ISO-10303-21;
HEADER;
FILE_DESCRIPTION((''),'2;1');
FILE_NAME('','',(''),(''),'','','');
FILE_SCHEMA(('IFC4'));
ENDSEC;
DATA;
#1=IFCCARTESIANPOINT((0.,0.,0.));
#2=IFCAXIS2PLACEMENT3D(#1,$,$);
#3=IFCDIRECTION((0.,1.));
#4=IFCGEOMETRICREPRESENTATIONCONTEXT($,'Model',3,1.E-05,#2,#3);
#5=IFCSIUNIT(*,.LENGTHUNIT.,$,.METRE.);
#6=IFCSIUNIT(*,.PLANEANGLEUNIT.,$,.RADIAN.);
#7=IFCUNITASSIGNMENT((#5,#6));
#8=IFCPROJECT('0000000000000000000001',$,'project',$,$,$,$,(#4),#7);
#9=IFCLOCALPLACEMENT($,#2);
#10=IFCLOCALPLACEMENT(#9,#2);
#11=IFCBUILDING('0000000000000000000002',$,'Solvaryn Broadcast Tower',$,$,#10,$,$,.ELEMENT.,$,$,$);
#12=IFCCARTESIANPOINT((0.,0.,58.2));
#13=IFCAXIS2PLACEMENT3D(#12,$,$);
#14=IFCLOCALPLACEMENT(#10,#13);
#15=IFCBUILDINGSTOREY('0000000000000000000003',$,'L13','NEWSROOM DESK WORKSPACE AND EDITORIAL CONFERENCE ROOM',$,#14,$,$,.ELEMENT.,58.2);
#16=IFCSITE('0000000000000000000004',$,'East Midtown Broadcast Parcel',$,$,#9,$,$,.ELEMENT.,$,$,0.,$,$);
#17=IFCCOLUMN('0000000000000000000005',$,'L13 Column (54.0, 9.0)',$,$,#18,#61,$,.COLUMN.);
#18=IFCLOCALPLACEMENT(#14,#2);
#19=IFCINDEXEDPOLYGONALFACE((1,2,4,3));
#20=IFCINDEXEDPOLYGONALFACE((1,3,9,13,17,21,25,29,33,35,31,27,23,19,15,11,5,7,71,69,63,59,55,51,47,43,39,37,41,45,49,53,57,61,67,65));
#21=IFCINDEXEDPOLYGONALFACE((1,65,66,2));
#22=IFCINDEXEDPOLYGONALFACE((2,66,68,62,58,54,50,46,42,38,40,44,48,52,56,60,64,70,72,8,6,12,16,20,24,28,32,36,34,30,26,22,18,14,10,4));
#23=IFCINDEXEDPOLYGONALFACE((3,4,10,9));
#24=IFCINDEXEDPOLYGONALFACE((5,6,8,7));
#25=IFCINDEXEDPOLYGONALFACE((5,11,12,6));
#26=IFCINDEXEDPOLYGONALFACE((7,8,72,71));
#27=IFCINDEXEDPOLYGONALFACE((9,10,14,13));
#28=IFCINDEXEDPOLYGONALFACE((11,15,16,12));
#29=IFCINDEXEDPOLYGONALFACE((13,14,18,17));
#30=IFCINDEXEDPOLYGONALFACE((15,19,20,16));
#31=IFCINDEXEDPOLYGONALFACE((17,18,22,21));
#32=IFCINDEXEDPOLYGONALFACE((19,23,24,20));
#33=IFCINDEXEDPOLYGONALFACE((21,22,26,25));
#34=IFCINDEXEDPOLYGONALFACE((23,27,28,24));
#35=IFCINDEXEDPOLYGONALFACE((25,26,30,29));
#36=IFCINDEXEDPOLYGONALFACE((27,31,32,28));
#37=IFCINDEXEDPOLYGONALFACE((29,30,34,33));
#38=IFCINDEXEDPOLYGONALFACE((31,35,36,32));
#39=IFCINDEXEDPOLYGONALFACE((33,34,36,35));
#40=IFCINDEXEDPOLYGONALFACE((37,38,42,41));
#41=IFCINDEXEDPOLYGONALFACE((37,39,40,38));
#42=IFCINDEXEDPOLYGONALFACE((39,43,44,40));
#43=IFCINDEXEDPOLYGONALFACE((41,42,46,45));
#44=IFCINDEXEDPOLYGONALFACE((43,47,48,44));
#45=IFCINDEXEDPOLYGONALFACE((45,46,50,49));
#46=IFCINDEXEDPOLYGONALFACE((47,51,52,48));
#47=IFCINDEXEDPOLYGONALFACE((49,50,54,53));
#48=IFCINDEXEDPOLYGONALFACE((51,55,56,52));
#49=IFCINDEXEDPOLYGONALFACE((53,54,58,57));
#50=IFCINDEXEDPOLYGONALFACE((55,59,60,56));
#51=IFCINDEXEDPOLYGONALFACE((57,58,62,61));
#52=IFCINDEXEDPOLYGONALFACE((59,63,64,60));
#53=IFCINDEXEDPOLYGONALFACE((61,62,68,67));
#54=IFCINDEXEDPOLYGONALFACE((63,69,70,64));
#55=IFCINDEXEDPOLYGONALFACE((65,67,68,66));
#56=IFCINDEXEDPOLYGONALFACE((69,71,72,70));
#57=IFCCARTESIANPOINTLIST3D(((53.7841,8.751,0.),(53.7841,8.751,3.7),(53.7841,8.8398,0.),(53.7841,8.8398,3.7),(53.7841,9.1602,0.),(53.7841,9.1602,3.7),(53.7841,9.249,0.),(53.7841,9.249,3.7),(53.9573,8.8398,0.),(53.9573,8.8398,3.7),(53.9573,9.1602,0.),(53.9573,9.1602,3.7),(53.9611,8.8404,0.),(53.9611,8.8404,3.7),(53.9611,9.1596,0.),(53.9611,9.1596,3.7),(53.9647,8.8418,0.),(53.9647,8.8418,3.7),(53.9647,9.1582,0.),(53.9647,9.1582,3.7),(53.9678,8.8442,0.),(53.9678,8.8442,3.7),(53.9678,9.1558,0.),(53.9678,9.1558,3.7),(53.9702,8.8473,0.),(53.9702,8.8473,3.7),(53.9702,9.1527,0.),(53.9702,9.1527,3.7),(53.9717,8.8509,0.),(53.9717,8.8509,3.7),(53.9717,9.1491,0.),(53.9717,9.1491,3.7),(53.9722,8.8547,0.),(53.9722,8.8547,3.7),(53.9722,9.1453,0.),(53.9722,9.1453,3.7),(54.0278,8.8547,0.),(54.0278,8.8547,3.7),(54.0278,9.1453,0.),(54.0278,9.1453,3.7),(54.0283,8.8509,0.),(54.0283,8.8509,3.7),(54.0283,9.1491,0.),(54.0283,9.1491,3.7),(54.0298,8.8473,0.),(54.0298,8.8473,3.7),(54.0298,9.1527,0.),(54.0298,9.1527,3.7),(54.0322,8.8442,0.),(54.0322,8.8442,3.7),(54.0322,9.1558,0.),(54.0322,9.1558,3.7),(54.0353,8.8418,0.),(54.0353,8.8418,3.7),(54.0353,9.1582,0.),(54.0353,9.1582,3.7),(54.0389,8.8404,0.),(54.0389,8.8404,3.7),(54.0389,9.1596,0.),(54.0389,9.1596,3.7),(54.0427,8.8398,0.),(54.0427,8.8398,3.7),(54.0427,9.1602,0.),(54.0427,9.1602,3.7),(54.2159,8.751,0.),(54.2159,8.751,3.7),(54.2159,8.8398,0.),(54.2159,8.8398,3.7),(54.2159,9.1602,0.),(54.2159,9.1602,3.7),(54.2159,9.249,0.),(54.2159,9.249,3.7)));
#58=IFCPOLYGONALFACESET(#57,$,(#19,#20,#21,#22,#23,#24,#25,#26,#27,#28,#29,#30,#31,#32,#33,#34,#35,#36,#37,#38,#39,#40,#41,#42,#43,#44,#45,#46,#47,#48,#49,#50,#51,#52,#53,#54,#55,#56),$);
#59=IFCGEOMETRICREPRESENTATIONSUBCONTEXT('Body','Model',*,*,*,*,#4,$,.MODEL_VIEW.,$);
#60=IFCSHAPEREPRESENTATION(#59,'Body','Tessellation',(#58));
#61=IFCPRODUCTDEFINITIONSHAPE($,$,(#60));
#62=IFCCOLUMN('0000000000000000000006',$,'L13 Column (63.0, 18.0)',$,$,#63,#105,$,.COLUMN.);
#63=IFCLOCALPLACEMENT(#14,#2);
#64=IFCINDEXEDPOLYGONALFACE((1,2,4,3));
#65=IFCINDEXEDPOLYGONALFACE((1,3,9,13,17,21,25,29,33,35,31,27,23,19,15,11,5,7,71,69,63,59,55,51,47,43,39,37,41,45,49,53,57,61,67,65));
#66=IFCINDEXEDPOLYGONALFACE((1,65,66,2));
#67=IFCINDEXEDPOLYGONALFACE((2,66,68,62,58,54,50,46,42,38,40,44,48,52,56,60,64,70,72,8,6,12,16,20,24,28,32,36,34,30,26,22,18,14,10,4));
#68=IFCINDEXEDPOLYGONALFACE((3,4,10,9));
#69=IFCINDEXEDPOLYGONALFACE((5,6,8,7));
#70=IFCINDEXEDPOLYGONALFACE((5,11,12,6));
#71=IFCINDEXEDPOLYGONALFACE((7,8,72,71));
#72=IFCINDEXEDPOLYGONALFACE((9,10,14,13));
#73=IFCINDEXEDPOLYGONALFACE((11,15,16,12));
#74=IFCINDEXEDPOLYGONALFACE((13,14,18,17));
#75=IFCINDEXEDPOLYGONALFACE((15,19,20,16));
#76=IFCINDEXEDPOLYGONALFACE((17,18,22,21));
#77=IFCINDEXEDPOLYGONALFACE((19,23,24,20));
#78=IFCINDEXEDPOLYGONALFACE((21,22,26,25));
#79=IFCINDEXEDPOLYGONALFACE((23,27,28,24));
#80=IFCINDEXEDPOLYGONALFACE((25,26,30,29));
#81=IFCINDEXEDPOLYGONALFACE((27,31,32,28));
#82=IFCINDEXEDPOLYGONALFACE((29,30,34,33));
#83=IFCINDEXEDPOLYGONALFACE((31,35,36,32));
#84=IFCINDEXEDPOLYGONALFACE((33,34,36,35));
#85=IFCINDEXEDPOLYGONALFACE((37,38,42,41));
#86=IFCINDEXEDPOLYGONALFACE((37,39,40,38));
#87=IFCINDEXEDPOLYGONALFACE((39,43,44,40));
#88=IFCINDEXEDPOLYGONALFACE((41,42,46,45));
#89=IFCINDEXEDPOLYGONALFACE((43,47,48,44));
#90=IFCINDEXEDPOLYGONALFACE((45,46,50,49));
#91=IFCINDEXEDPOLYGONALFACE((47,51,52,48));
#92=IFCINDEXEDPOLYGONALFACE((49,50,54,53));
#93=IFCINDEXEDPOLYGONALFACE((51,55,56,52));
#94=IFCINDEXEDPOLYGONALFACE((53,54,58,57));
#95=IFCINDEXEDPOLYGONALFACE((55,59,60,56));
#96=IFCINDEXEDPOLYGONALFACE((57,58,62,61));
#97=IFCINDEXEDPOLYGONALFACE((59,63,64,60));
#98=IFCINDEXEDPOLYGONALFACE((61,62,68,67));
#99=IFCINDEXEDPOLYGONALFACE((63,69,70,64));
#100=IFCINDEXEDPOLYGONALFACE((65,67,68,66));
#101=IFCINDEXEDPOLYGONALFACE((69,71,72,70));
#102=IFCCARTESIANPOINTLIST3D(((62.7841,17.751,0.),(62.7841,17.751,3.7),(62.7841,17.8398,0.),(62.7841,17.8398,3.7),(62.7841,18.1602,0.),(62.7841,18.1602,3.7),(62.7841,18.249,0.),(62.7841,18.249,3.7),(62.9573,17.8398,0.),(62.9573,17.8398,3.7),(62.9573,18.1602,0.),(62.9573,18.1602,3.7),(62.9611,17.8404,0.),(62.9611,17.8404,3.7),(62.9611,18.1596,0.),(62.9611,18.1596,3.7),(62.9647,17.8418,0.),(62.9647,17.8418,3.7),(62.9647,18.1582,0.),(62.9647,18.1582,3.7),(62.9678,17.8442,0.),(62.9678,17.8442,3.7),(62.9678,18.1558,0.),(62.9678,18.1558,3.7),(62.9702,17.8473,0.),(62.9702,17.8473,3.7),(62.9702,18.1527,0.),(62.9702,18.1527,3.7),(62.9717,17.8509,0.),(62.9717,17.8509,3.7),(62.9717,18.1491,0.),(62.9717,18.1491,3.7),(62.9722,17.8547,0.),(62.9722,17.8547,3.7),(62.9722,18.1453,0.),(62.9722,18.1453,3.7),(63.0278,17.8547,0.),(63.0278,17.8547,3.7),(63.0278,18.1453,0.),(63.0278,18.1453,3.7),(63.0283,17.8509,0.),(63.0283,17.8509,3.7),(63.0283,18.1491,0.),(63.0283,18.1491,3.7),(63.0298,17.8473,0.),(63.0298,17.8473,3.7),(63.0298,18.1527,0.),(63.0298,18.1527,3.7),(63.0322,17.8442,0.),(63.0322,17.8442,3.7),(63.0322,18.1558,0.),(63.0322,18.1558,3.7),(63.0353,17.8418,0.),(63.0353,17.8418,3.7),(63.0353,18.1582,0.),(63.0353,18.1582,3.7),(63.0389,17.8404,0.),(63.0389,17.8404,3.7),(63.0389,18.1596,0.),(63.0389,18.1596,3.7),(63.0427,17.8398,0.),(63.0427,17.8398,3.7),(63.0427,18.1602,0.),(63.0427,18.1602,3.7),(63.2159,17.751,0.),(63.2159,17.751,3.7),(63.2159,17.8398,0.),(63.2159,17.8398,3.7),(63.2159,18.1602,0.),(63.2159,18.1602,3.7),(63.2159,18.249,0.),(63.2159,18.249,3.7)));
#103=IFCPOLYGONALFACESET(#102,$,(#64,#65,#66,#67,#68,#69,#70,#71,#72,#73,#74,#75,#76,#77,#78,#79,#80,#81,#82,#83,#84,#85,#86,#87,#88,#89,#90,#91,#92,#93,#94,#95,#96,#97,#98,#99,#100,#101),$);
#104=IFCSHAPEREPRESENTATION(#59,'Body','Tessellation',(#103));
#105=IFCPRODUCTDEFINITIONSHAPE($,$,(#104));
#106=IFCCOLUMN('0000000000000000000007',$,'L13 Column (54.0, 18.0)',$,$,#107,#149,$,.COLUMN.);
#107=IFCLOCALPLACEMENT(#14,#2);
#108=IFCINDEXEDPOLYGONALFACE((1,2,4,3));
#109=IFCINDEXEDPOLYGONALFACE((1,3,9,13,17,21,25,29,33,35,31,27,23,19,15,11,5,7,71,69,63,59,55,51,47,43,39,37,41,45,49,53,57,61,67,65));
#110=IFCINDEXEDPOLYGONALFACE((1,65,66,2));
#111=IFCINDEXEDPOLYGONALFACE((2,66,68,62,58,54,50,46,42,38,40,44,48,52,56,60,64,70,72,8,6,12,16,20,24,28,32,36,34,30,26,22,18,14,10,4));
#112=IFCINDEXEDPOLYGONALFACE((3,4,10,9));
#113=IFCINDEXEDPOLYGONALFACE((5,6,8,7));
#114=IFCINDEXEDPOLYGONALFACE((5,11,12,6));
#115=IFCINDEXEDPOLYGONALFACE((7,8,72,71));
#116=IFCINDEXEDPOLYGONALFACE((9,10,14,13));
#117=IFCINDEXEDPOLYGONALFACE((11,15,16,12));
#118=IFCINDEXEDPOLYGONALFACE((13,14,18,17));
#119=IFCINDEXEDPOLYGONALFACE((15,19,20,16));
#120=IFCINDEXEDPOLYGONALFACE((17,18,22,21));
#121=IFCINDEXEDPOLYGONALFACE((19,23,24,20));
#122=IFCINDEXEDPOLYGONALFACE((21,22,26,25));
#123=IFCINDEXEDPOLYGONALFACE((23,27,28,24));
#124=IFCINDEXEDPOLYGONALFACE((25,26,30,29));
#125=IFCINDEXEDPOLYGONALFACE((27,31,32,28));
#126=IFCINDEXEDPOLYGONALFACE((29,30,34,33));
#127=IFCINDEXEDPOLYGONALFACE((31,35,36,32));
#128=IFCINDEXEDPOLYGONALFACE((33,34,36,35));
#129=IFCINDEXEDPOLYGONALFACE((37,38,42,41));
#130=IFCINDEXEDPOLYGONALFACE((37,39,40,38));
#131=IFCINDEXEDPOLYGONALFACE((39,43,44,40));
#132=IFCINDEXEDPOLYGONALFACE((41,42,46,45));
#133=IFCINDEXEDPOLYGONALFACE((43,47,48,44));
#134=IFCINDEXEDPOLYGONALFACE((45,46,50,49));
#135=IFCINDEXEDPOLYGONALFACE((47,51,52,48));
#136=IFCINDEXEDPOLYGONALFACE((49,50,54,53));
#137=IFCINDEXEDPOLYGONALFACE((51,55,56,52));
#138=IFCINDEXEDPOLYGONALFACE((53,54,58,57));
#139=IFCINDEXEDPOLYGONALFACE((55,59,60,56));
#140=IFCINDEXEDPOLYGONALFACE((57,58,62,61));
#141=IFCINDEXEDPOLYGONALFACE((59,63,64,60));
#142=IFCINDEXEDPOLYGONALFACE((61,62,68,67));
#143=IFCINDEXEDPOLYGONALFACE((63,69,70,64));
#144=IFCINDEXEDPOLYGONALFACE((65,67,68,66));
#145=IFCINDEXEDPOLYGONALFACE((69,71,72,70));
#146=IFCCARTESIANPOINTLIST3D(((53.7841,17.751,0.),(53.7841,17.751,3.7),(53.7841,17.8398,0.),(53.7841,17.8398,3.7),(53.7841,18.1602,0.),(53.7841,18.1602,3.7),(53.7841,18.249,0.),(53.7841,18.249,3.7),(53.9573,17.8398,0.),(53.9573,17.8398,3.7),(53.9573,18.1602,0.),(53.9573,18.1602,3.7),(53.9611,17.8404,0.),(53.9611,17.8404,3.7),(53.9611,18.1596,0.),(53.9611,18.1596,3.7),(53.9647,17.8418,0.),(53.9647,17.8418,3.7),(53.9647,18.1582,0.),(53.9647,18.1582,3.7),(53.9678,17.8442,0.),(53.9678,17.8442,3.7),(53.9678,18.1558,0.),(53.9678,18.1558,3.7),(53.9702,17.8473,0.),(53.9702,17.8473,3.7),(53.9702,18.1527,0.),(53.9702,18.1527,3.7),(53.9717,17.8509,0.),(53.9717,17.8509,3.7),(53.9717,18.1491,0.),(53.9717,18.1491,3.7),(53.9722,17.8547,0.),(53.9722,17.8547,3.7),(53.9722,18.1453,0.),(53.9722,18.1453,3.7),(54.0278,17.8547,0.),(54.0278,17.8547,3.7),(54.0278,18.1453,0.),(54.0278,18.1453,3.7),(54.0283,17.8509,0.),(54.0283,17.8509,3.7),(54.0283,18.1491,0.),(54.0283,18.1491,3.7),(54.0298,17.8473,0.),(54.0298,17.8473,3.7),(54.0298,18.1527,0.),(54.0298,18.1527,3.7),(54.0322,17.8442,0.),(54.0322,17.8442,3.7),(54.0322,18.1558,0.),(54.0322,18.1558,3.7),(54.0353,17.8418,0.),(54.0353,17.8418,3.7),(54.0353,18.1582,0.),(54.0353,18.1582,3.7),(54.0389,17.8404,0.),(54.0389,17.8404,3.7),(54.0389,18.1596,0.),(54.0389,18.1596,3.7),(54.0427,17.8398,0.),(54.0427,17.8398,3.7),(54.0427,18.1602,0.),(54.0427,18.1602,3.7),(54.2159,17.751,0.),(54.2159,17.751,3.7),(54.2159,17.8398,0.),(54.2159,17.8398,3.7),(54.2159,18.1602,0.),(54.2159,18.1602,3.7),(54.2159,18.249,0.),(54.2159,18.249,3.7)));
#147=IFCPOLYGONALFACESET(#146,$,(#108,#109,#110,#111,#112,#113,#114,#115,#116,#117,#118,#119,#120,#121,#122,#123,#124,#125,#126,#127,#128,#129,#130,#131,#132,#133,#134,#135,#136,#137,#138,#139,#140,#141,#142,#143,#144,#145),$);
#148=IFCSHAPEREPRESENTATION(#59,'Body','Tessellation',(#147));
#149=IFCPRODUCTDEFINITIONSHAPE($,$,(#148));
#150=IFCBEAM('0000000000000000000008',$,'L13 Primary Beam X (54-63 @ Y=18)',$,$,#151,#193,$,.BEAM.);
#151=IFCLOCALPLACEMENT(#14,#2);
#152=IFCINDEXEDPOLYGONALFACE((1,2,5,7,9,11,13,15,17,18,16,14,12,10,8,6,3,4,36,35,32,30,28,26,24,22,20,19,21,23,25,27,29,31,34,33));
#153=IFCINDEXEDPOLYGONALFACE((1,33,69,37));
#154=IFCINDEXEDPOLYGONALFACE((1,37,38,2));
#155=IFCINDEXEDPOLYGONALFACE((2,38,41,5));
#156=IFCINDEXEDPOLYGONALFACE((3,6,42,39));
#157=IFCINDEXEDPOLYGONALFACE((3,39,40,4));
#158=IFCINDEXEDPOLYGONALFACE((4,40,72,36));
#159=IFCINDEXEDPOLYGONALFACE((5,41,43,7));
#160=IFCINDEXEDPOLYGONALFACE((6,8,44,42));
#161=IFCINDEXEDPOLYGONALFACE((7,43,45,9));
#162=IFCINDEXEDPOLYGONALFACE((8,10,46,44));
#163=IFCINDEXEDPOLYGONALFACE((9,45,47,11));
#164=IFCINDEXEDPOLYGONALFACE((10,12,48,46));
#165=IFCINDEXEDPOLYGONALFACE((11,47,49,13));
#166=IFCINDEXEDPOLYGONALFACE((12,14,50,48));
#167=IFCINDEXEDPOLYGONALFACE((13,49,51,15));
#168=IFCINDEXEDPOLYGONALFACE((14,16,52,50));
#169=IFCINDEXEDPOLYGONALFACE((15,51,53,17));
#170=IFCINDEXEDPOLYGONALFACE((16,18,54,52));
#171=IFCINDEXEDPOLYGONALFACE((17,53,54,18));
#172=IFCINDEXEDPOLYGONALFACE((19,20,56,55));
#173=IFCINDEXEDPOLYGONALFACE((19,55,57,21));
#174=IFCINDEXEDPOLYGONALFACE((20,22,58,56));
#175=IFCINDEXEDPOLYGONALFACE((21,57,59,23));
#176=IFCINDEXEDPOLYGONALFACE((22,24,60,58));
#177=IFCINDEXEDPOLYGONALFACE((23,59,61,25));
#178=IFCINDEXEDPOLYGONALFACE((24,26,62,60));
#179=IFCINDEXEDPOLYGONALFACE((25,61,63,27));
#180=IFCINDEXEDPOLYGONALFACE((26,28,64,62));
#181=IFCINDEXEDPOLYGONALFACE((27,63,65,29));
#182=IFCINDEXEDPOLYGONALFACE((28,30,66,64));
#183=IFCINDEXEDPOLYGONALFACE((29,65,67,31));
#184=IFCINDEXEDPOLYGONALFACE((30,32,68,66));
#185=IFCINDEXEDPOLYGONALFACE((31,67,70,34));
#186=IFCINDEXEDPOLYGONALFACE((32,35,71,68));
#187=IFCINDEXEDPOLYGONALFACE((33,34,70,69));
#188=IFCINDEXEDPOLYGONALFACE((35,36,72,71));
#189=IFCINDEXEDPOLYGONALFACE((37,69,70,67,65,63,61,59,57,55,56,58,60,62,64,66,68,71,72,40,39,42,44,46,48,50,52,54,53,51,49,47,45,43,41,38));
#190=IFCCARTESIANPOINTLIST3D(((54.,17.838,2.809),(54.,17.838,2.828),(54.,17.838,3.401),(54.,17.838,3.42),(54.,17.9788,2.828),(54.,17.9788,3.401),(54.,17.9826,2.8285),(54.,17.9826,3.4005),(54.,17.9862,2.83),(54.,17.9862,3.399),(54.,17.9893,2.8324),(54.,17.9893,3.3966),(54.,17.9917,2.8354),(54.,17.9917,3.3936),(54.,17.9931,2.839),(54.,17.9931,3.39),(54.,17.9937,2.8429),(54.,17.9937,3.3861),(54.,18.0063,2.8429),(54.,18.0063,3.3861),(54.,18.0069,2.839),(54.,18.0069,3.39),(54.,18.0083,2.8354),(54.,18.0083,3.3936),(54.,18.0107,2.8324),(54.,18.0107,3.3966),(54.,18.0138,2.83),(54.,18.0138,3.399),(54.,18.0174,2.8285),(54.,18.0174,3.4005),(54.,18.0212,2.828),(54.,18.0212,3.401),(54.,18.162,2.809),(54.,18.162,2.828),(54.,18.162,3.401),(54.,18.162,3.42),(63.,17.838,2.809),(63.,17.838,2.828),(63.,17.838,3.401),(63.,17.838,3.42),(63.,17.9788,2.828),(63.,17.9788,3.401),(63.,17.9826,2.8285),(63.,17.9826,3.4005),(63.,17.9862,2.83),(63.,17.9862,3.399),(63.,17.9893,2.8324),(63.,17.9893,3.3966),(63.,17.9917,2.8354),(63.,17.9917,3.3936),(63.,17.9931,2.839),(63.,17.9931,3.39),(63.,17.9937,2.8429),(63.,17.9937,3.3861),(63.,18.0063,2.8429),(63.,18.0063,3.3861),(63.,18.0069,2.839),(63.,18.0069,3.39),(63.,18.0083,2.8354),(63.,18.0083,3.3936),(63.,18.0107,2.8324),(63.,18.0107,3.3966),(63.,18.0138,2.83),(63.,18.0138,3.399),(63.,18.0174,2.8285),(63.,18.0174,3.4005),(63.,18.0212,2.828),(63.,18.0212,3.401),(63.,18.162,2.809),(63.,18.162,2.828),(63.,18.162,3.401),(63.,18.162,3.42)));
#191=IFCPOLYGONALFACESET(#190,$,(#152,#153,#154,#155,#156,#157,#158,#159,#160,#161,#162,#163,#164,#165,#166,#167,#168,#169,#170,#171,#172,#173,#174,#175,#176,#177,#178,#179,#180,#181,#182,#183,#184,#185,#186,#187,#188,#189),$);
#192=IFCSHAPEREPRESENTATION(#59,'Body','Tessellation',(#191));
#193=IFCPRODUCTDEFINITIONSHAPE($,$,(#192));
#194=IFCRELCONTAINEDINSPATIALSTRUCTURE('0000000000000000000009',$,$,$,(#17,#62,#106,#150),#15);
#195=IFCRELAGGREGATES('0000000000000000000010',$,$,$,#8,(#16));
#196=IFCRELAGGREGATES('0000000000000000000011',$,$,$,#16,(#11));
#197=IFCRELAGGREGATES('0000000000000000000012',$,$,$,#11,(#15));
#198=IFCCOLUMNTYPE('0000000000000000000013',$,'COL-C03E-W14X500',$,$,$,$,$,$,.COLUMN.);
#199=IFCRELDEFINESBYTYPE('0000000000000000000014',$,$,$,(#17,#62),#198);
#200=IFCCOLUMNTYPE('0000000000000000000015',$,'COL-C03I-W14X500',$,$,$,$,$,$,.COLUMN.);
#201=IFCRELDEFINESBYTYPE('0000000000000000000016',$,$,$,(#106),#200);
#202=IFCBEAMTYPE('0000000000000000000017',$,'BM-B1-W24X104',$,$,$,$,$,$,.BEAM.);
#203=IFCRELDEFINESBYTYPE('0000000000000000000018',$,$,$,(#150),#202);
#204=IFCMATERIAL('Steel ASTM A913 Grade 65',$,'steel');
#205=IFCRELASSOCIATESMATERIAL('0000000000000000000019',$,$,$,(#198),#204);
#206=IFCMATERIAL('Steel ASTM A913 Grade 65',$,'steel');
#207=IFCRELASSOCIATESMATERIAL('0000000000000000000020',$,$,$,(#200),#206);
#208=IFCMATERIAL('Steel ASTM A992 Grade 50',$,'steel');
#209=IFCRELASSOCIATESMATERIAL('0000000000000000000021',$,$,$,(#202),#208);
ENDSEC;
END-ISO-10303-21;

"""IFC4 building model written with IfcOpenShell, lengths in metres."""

from ifc_helpers import new_model, si_unit, direction, frame, origin, origin_2d, place, context, subcontext, project, spatial, i_section, extrude, material, material_profile, profile_set, type_object, element, save


model = new_model("IFC4")

# Units and contexts
model_context = context("Model", 3, precision=1e-05, world=origin(), true_north=direction((0.0, 1.0)))
body_context = subcontext(model_context, "Body", "Model", "MODEL_VIEW")
ifc_project = project(units=[si_unit("LENGTHUNIT", "METRE"), si_unit("PLANEANGLEUNIT", "RADIAN")], contexts=[model_context])

# Site, building, storey
site_placement = place(None, origin())
site = spatial("IfcSite", under=ifc_project, at=site_placement, Name="East Midtown Broadcast Parcel", CompositionType="ELEMENT", RefElevation=0.0)
building_placement = place(site_placement, origin())
building = spatial("IfcBuilding", under=site, at=building_placement, Name="Solvaryn Broadcast Tower", CompositionType="ELEMENT")
storey_placement = place(building_placement, frame((0.0, 0.0, 58.2)))
storey = spatial("IfcBuildingStorey", under=building, at=storey_placement, Name="L13", Description="NEWSROOM DESK WORKSPACE AND EDITORIAL CONFERENCE ROOM", CompositionType="ELEMENT", Elevation=58.2)

# Columns
ifc_material_1 = material(Name="Steel ASTM A913 Grade 65", Category="steel")
ifc_material_profile_1 = material_profile(ifc_material_1, i_section(OverallWidth=0.4319, OverallDepth=0.498, WebThickness=0.0557, FlangeThickness=0.0889, FilletRadius=0.0149, at=origin_2d()))
ifc_profile_set_1 = profile_set([ifc_material_profile_1], Name="Steel ASTM A913 Grade 65")
column_type_1 = type_object("IfcColumnType", Name="COL-C03E-W14X500", PredefinedType="COLUMN", material=ifc_profile_set_1)
for number, where, z_axis, x_axis, name in (
    (1, (54.0, 9.0, 0.0), (0.0, 0.0, 1.0), (1.0, 0.0, 0.0), "L13 Column (54.0, 9.0)"),
    (2, (63.0, 18.0, 0.0), (0.0, 0.0, 1.0), (1.0, 0.0, 0.0), "L13 Column (63.0, 18.0)"),
):
    element("IfcColumn", number, at=place(storey_placement, frame(where, z_axis=z_axis, x_axis=x_axis)), inside=storey, type_object=column_type_1, Name=name, PredefinedType="COLUMN", context=body_context, shape_type="SweptSolid", body=[
        extrude(i_section(OverallWidth=0.4319, OverallDepth=0.498, WebThickness=0.0557, FlangeThickness=0.0889, FilletRadius=0.0149, at=origin_2d()), origin(), (0.0, 0.0, 1.0), 3.7),
    ])
ifc_material_2 = material(Name="Steel ASTM A913 Grade 65", Category="steel")
ifc_material_profile_2 = material_profile(ifc_material_2, i_section(OverallWidth=0.4319, OverallDepth=0.498, WebThickness=0.0557, FlangeThickness=0.0889, FilletRadius=0.0149, at=origin_2d()))
ifc_profile_set_2 = profile_set([ifc_material_profile_2], Name="Steel ASTM A913 Grade 65")
column_type_2 = type_object("IfcColumnType", Name="COL-C03I-W14X500", PredefinedType="COLUMN", material=ifc_profile_set_2)
column_placement = place(storey_placement, frame((54.0, 18.0, 0.0), z_axis=(0.0, 0.0, 1.0), x_axis=(1.0, 0.0, 0.0)))
element("IfcColumn", 3, at=column_placement, inside=storey, type_object=column_type_2, Name="L13 Column (54.0, 18.0)", PredefinedType="COLUMN", context=body_context, shape_type="SweptSolid", body=[
    extrude(i_section(OverallWidth=0.4319, OverallDepth=0.498, WebThickness=0.0557, FlangeThickness=0.0889, FilletRadius=0.0149, at=origin_2d()), origin(), (0.0, 0.0, 1.0), 3.7),
])

# Beam
ifc_material_3 = material(Name="Steel ASTM A992 Grade 50", Category="steel")
ifc_material_profile_3 = material_profile(ifc_material_3, i_section(OverallWidth=0.324, OverallDepth=0.6111, WebThickness=0.0127, FlangeThickness=0.019, FilletRadius=0.0149, at=origin_2d()))
ifc_profile_set_3 = profile_set([ifc_material_profile_3], Name="Steel ASTM A992 Grade 50")
beam_type = type_object("IfcBeamType", Name="BM-B1-W24X104", PredefinedType="BEAM", material=ifc_profile_set_3)
beam_placement = place(storey_placement, frame((54.0, 18.0, 3.1145), z_axis=(1.0, 0.0, 0.0), x_axis=(0.0, 1.0, 0.0)))
element("IfcBeam", 4, at=beam_placement, inside=storey, type_object=beam_type, Name="L13 Primary Beam X (54-63 @ Y=18)", PredefinedType="BEAM", context=body_context, shape_type="SweptSolid", body=[
    extrude(i_section(OverallWidth=0.324, OverallDepth=0.6111, WebThickness=0.0127, FlangeThickness=0.019, FilletRadius=0.0149, at=origin_2d()), origin(), (0.0, 0.0, 1.0), 9.0),
])

save(model, "model.ifc")
